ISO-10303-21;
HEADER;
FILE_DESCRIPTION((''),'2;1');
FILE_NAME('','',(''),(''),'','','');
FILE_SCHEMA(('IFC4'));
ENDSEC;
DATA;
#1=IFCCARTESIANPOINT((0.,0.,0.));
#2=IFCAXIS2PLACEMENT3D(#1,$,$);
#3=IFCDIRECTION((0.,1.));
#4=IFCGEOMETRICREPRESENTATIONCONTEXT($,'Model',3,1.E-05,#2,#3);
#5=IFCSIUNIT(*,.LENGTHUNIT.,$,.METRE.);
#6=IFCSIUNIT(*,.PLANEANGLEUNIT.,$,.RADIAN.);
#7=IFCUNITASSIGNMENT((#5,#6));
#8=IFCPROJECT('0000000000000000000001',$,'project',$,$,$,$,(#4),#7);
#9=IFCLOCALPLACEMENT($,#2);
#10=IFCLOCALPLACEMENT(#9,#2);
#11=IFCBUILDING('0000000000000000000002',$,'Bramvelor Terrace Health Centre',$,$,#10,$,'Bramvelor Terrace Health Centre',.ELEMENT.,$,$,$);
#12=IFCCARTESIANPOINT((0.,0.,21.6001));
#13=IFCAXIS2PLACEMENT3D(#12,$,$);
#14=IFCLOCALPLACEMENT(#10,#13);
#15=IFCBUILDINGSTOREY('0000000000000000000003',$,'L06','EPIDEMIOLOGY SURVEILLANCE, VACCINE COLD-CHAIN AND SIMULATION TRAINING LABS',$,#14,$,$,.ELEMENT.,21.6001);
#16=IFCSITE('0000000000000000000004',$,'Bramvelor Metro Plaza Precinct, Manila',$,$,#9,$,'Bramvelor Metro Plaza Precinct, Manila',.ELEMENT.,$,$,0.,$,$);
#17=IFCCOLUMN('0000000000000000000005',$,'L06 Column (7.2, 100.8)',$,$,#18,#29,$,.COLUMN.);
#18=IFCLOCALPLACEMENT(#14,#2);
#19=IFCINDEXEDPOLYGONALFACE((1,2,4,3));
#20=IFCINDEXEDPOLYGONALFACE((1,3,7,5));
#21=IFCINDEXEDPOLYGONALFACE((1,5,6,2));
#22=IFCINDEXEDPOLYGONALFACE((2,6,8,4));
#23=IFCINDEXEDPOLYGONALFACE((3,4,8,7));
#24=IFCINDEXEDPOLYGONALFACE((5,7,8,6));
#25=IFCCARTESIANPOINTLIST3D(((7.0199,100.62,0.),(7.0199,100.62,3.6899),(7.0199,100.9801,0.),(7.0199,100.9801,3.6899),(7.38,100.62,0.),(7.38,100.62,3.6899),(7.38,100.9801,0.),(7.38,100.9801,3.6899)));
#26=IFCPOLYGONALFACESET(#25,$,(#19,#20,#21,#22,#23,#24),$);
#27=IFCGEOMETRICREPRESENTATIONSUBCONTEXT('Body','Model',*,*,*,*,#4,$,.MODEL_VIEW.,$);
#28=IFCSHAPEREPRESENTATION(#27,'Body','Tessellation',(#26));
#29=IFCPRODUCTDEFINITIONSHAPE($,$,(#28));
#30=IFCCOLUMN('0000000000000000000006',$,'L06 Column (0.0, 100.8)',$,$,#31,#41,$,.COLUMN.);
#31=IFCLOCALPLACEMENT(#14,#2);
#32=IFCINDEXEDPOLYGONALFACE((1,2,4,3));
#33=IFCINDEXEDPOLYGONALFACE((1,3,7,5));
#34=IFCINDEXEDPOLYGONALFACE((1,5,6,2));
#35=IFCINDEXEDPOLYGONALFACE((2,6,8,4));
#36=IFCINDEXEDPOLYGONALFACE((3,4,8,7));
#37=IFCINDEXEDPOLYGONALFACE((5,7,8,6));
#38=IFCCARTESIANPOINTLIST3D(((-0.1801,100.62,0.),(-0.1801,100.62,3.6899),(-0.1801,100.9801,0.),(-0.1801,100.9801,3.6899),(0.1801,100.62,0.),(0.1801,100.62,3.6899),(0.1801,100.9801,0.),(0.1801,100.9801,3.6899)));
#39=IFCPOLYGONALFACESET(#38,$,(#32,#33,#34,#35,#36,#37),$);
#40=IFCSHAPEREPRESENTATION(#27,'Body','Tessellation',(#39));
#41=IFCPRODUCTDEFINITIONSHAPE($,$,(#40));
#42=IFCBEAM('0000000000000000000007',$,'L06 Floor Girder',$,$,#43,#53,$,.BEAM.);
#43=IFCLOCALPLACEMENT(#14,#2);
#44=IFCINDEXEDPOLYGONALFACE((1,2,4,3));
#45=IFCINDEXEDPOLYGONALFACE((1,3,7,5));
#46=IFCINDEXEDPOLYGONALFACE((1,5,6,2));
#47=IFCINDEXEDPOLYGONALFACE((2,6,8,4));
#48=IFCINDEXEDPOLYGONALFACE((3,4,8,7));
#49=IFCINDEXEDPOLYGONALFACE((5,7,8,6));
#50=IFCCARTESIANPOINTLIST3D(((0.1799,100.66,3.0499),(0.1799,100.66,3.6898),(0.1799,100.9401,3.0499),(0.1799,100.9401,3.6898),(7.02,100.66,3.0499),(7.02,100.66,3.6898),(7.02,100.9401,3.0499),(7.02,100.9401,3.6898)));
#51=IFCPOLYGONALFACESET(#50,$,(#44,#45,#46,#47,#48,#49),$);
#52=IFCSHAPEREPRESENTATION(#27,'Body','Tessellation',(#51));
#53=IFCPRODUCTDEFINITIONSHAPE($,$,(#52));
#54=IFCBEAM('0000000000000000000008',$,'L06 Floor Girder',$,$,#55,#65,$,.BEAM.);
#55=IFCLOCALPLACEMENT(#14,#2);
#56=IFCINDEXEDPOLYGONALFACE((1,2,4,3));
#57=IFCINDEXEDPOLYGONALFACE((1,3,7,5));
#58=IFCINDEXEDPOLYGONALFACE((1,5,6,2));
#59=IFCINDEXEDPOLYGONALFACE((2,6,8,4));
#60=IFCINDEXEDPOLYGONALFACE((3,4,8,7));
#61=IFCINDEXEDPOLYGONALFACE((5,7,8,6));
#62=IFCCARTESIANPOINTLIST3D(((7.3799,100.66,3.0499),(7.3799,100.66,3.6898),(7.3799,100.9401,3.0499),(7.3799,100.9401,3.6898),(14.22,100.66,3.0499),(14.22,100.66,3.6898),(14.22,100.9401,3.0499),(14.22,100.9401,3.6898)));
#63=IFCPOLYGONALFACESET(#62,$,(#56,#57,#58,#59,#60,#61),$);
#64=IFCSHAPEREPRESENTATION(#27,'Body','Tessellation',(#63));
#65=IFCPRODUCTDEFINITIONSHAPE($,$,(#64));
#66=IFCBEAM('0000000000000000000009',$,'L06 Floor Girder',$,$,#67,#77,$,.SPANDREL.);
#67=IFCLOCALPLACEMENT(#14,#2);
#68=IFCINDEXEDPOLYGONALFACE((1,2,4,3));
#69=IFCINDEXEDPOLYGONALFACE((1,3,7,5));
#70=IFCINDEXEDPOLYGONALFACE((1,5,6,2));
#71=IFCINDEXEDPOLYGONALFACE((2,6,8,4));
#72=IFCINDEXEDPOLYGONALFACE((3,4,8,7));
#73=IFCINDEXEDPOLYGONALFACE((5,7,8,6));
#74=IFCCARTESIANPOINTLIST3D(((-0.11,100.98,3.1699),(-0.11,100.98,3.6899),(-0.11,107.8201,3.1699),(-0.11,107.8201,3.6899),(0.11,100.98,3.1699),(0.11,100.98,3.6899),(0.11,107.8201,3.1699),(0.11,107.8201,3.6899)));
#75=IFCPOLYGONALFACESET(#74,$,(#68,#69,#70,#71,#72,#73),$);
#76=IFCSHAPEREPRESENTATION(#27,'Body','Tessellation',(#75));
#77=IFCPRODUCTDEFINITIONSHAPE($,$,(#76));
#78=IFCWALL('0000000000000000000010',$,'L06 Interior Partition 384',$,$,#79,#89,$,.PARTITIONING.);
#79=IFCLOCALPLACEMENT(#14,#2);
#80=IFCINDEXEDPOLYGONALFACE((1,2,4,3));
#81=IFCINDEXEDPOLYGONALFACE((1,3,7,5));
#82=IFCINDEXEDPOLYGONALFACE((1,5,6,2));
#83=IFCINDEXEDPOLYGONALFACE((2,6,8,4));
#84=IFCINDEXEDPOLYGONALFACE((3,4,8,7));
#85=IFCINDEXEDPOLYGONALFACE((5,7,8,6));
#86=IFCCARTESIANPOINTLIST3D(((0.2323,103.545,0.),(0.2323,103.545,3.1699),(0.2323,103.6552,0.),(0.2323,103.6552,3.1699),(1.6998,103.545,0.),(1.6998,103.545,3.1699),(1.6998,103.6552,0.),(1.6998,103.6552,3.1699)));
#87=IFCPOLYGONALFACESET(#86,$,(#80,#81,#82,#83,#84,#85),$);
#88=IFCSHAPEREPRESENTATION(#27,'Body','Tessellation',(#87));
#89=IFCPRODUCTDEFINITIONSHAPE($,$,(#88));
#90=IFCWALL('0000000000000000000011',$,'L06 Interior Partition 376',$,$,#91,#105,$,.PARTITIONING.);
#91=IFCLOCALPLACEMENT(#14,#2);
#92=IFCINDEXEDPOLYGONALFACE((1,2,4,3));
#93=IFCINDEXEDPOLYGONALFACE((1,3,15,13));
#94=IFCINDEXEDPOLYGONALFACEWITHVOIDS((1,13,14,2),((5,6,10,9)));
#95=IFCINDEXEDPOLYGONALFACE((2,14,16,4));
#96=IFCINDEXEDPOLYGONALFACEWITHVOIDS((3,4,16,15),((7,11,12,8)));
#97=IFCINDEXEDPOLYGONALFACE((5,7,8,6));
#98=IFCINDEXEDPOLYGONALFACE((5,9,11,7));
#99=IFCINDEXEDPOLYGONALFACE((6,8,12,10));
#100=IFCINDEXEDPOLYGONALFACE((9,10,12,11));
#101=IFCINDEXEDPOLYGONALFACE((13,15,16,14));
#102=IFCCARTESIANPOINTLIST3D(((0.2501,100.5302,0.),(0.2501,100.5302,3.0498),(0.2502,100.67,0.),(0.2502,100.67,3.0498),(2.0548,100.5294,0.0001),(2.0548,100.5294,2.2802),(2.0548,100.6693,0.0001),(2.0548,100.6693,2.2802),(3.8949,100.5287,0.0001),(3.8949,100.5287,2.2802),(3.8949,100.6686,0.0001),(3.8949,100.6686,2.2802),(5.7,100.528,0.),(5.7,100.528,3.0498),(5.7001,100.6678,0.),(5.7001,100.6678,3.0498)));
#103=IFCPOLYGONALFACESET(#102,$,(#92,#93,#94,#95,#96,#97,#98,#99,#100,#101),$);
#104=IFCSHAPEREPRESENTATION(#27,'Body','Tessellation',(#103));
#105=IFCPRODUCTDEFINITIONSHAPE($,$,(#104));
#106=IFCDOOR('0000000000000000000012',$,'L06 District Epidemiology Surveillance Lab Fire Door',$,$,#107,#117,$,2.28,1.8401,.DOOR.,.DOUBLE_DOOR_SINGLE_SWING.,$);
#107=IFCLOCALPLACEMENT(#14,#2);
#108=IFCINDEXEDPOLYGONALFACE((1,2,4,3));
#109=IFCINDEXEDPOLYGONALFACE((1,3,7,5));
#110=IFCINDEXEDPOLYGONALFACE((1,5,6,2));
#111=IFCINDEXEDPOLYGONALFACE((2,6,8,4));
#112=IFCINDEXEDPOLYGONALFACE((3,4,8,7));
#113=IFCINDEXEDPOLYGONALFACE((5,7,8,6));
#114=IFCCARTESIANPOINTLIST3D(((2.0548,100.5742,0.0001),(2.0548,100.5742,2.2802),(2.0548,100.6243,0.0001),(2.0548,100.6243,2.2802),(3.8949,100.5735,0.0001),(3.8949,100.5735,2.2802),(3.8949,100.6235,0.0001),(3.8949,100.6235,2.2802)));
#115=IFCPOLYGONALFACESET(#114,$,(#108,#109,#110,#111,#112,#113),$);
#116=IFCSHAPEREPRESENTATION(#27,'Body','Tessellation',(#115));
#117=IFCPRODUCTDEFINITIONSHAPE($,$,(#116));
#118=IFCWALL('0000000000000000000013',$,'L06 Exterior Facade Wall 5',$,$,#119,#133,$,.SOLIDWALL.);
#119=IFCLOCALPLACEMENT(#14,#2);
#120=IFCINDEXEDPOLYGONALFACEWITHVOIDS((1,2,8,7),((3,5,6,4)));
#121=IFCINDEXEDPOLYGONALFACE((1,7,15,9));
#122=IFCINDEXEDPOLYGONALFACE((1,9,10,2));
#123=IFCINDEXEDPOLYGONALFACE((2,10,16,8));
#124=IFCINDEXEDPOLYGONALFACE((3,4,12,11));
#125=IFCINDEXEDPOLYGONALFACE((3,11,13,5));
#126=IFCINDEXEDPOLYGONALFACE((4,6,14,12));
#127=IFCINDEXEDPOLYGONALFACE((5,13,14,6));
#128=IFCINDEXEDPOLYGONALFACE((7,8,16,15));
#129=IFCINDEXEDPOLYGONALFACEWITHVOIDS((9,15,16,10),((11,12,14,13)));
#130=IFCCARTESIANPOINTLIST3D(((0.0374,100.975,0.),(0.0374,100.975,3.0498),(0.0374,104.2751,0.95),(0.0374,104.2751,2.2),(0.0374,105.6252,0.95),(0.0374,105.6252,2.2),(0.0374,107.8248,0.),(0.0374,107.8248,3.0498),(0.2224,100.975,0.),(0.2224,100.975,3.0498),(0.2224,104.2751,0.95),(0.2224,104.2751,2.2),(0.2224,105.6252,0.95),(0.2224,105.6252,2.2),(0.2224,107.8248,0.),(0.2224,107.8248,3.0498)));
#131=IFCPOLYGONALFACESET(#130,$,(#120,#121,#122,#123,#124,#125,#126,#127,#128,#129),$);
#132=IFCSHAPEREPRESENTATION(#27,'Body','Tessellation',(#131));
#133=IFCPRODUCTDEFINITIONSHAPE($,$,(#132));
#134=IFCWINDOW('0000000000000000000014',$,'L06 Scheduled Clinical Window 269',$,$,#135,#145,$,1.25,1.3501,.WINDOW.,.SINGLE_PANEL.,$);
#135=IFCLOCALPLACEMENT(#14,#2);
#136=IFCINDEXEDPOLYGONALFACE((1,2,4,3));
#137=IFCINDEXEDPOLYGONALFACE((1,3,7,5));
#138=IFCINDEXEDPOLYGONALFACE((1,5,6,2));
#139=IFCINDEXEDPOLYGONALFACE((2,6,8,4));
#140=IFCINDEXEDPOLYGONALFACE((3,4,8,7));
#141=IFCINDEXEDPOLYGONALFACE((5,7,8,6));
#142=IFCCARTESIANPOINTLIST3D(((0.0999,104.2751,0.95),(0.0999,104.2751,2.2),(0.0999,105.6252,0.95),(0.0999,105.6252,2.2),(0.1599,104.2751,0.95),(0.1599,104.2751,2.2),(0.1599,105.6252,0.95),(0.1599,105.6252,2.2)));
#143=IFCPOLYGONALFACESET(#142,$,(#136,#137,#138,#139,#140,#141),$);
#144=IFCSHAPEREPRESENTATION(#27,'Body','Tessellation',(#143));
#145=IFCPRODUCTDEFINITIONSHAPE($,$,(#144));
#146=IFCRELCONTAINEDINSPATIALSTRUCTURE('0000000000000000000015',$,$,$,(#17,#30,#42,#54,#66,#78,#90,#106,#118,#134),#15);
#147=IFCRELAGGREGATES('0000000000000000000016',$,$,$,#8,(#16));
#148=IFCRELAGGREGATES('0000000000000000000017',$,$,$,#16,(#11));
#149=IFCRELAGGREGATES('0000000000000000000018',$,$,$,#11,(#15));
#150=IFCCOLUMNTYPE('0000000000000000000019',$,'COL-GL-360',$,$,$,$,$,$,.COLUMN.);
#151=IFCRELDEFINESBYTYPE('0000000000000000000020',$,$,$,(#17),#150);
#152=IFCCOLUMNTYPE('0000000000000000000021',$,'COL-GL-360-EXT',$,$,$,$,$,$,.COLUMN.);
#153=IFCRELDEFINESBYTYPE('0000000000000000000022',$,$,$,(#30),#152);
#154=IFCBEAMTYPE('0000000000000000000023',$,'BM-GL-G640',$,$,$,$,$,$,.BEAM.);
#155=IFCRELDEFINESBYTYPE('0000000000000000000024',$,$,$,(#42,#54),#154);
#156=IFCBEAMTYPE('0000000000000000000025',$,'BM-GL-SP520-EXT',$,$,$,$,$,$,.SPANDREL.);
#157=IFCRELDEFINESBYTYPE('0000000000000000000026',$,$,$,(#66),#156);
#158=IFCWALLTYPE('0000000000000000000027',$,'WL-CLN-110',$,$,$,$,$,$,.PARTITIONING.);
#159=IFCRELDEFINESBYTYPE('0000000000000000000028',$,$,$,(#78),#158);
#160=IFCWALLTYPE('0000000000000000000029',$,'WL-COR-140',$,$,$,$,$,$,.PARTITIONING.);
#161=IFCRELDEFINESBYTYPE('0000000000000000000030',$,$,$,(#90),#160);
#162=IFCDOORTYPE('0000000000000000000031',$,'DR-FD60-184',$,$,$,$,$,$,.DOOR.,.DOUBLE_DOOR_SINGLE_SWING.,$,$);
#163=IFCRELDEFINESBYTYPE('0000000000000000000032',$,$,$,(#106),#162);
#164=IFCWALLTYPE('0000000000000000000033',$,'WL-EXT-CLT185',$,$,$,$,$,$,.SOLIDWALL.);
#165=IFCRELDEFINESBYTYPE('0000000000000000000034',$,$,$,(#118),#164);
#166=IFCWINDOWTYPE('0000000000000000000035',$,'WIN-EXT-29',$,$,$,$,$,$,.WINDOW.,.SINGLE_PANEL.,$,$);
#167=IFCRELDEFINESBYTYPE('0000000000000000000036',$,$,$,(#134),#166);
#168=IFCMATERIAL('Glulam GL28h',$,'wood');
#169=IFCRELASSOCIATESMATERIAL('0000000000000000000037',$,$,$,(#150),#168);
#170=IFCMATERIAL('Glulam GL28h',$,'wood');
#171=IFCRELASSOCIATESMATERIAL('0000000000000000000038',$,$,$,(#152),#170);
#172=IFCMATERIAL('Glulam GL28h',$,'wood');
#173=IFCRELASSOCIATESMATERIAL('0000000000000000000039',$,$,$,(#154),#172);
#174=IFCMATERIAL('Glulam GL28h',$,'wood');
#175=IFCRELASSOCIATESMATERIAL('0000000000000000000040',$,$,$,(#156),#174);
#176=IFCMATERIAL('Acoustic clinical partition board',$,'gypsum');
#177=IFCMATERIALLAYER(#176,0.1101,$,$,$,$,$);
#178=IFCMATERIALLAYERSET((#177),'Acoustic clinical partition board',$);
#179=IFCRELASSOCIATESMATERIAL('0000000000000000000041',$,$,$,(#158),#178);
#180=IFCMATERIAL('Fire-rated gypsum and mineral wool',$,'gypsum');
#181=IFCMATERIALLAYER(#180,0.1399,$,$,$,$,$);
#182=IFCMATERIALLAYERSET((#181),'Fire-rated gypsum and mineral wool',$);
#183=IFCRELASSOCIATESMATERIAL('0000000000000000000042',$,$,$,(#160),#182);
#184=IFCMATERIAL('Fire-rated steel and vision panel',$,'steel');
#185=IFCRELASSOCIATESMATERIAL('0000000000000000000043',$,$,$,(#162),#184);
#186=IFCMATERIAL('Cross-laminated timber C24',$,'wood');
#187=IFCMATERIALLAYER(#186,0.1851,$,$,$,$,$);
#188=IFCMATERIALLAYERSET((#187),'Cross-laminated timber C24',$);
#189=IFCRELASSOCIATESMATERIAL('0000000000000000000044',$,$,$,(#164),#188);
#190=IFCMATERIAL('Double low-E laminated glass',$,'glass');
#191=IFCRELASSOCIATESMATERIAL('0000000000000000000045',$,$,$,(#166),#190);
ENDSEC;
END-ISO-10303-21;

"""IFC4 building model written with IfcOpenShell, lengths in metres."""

from ifc_helpers import new_model, si_unit, direction, frame, frame_2d, origin, origin_2d, place, context, subcontext, project, spatial, rectangle, extrude, material, layer, layer_set, material_profile, profile_set, type_object, element, fill, save


model = new_model("IFC4")

# Units and contexts
model_context = context("Model", 3, precision=1e-05, world=origin(), true_north=direction((0.0, 1.0)))
body_context = subcontext(model_context, "Body", "Model", "MODEL_VIEW")
ifc_project = project(units=[si_unit("LENGTHUNIT", "METRE"), si_unit("PLANEANGLEUNIT", "RADIAN")], contexts=[model_context])

# Site, building, storey
site_placement = place(None, origin())
site = spatial("IfcSite", under=ifc_project, at=site_placement, Name="Bramvelor Metro Plaza Precinct, Manila", LongName="Bramvelor Metro Plaza Precinct, Manila", CompositionType="ELEMENT", RefElevation=0.0)
building_placement = place(site_placement, origin())
building = spatial("IfcBuilding", under=site, at=building_placement, Name="Bramvelor Terrace Health Centre", LongName="Bramvelor Terrace Health Centre", CompositionType="ELEMENT")
storey_placement = place(building_placement, frame((0.0, 0.0, 21.6001)))
storey = spatial("IfcBuildingStorey", under=building, at=storey_placement, Name="L06", Description="EPIDEMIOLOGY SURVEILLANCE, VACCINE COLD-CHAIN AND SIMULATION TRAINING LABS", CompositionType="ELEMENT", Elevation=21.6001)

# Columns
ifc_material_1 = material(Name="Glulam GL28h", Category="wood")
ifc_material_profile_1 = material_profile(ifc_material_1, rectangle(XDim=0.3601, YDim=0.3601, at=origin_2d()), Name="GL 360x360")
ifc_profile_set_1 = profile_set([ifc_material_profile_1], Name="Glulam GL28h")
column_type_1 = type_object("IfcColumnType", Name="COL-GL-360", PredefinedType="COLUMN", material=ifc_profile_set_1)
column_1_placement = place(storey_placement, frame((7.2, 100.8, 0.0), z_axis=(0.0, 0.0, 1.0), x_axis=(1.0, 0.0, 0.0)))
element("IfcColumn", 1, at=column_1_placement, inside=storey, type_object=column_type_1, Name="L06 Column (7.2, 100.8)", PredefinedType="COLUMN", context=body_context, shape_type="SweptSolid", body=[
    extrude(rectangle(XDim=0.3601, YDim=0.3601, at=origin_2d()), origin(), (0.0, 0.0, 1.0), 3.6899),
])
ifc_material_2 = material(Name="Glulam GL28h", Category="wood")
ifc_material_profile_2 = material_profile(ifc_material_2, rectangle(XDim=0.3601, YDim=0.3601, at=origin_2d()), Name="GL 360x360")
ifc_profile_set_2 = profile_set([ifc_material_profile_2], Name="Glulam GL28h")
column_type_2 = type_object("IfcColumnType", Name="COL-GL-360-EXT", PredefinedType="COLUMN", material=ifc_profile_set_2)
column_2_placement = place(storey_placement, frame((0.0, 100.8, 0.0), z_axis=(0.0, 0.0, 1.0), x_axis=(1.0, 0.0, 0.0)))
element("IfcColumn", 2, at=column_2_placement, inside=storey, type_object=column_type_2, Name="L06 Column (0.0, 100.8)", PredefinedType="COLUMN", context=body_context, shape_type="SweptSolid", body=[
    extrude(rectangle(XDim=0.3601, YDim=0.3601, at=origin_2d()), origin(), (0.0, 0.0, 1.0), 3.6899),
])

# Beams
ifc_material_3 = material(Name="Glulam GL28h", Category="wood")
ifc_material_profile_3 = material_profile(ifc_material_3, rectangle(XDim=0.28, YDim=0.6399, at=origin_2d()), Name="GL 280x640")
ifc_profile_set_3 = profile_set([ifc_material_profile_3], Name="Glulam GL28h")
beam_type_1 = type_object("IfcBeamType", Name="BM-GL-G640", PredefinedType="BEAM", material=ifc_profile_set_3)
for number, where, z_axis, x_axis, name in (
    (3, (0.1799, 100.8, 3.3699), (1.0, 0.0, 0.0), (0.0, 1.0, 0.0), "L06 Floor Girder"),
    (4, (7.3799, 100.8, 3.3699), (1.0, 0.0, 0.0), (0.0, 1.0, 0.0), "L06 Floor Girder"),
):
    element("IfcBeam", number, at=place(storey_placement, frame(where, z_axis=z_axis, x_axis=x_axis)), inside=storey, type_object=beam_type_1, Name=name, PredefinedType="BEAM", context=body_context, shape_type="SweptSolid", body=[
        extrude(rectangle(XDim=0.28, YDim=0.6399, at=origin_2d()), origin(), (0.0, 0.0, 1.0), 6.8401),
    ])
ifc_material_4 = material(Name="Glulam GL28h", Category="wood")
ifc_material_profile_4 = material_profile(ifc_material_4, rectangle(XDim=0.22, YDim=0.52, at=origin_2d()), Name="GL 220x520")
ifc_profile_set_4 = profile_set([ifc_material_profile_4], Name="Glulam GL28h")
beam_type_2 = type_object("IfcBeamType", Name="BM-GL-SP520-EXT", PredefinedType="SPANDREL", material=ifc_profile_set_4)
beam_placement = place(storey_placement, frame((0.0, 100.98, 3.4299), z_axis=(0.0, 1.0, 0.0), x_axis=(-1.0, 0.0, 0.0)))
element("IfcBeam", 5, at=beam_placement, inside=storey, type_object=beam_type_2, Name="L06 Floor Girder", PredefinedType="SPANDREL", context=body_context, shape_type="SweptSolid", body=[
    extrude(rectangle(XDim=0.22, YDim=0.52, at=origin_2d()), origin(), (0.0, 0.0, 1.0), 6.8401),
])

# Wall
ifc_material_5 = material(Name="Acoustic clinical partition board", Category="gypsum")
ifc_layer_1 = layer(ifc_material_5, 0.1101)
ifc_layer_set_1 = layer_set([ifc_layer_1], Name="Acoustic clinical partition board")
wall_type_1 = type_object("IfcWallType", Name="WL-CLN-110", PredefinedType="PARTITIONING", material=ifc_layer_set_1)
wall_1_placement = place(storey_placement, frame((1.7, 103.6001, 0.0), z_axis=(0.0, 0.0, 1.0), x_axis=(-1.0, 0.0, 0.0)))
element("IfcWall", 6, at=wall_1_placement, inside=storey, type_object=wall_type_1, Name="L06 Interior Partition 384", PredefinedType="PARTITIONING", context=body_context, shape_type="SweptSolid", body=[
    extrude(rectangle(XDim=1.4675, YDim=0.1101, at=frame_2d((0.7339, 0.0))), origin(), (0.0, 0.0, 1.0), 3.1699),
])

# Wall, opening, door
ifc_material_6 = material(Name="Fire-rated gypsum and mineral wool", Category="gypsum")
ifc_layer_2 = layer(ifc_material_6, 0.1399)
ifc_layer_set_2 = layer_set([ifc_layer_2], Name="Fire-rated gypsum and mineral wool")
wall_type_2 = type_object("IfcWallType", Name="WL-COR-140", PredefinedType="PARTITIONING", material=ifc_layer_set_2)
wall_2_placement = place(storey_placement, frame((0.25, 100.6001, 0.0), z_axis=(0.0, 0.0, 1.0), x_axis=(1.0, -0.000403, 0.0)))
wall_2 = element("IfcWall", 7, at=wall_2_placement, inside=storey, type_object=wall_type_2, Name="L06 Interior Partition 376", PredefinedType="PARTITIONING", context=body_context, shape_type="SweptSolid", body=[
    extrude(rectangle(XDim=5.45, YDim=0.1399, at=frame_2d((2.7251, 0.0))), origin(), (0.0, 0.0, 1.0), 3.0498),
])
opening_1_placement = place(wall_2_placement, frame((1.8049, 0.0, 0.0)))
opening_1 = element("IfcOpeningElement", 8, at=opening_1_placement, cuts=wall_2, PredefinedType="OPENING", context=body_context, shape_type="SweptSolid", body=[
    extrude(rectangle(XDim=1.8401, YDim=2.28, at=frame_2d((0.9199, 1.1401))), frame((0.0, 0.0798, 0.0), z_axis=(0.0, -1.0, 0.0), x_axis=(1.0, 0.0, 0.0)), (0.0, 0.0, 1.0), 0.1599),
])
ifc_material_7 = material(Name="Fire-rated steel and vision panel", Category="steel")
door_type_1 = type_object("IfcDoorType", Name="DR-FD60-184", OperationType="DOUBLE_DOOR_SINGLE_SWING", PredefinedType="DOOR", material=ifc_material_7)
door_1_placement = place(opening_1_placement, origin())
door_1 = element("IfcDoor", 9, at=door_1_placement, inside=storey, type_object=door_type_1, Name="L06 District Epidemiology Surveillance Lab Fire Door", OperationType="DOUBLE_DOOR_SINGLE_SWING", OverallHeight=2.28, OverallWidth=1.8401, PredefinedType="DOOR", context=body_context, shape_type="SweptSolid", body=[
    extrude(rectangle(XDim=1.8401, YDim=2.28, at=frame_2d((0.9199, 1.1401))), frame((0.0, 0.0249, 0.0), z_axis=(0.0, -1.0, 0.0), x_axis=(1.0, 0.0, 0.0)), (0.0, 0.0, 1.0), 0.05),
])
fill(opening_1, door_1)

# Wall, opening, window
ifc_material_8 = material(Name="Cross-laminated timber C24", Category="wood")
ifc_layer_3 = layer(ifc_material_8, 0.1851)
ifc_layer_set_3 = layer_set([ifc_layer_3], Name="Cross-laminated timber C24")
wall_type_3 = type_object("IfcWallType", Name="WL-EXT-CLT185", PredefinedType="SOLIDWALL", material=ifc_layer_set_3)
wall_3_placement = place(storey_placement, frame((0.1299, 100.9751, 0.0), z_axis=(0.0, 0.0, 1.0), x_axis=(0.0, 1.0, 0.0)))
wall_3 = element("IfcWall", 10, at=wall_3_placement, inside=storey, type_object=wall_type_3, Name="L06 Exterior Facade Wall 5", PredefinedType="SOLIDWALL", context=body_context, shape_type="SweptSolid", body=[
    extrude(rectangle(XDim=6.8499, YDim=0.1851, at=frame_2d((3.4248, 0.0))), origin(), (0.0, 0.0, 1.0), 3.0498),
])
opening_2_placement = place(wall_3_placement, frame((3.3, 0.0, 0.95)))
opening_2 = element("IfcOpeningElement", 11, at=opening_2_placement, cuts=wall_3, PredefinedType="OPENING", context=body_context, shape_type="SweptSolid", body=[
    extrude(rectangle(XDim=1.3501, YDim=1.25, at=frame_2d((0.675, 0.625))), frame((0.0, 0.1025, 0.0), z_axis=(0.0, -1.0, 0.0), x_axis=(1.0, 0.0, 0.0)), (0.0, 0.0, 1.0), 0.2051),
])
ifc_material_9 = material(Name="Double low-E laminated glass", Category="glass")
window_type_1 = type_object("IfcWindowType", Name="WIN-EXT-29", PartitioningType="SINGLE_PANEL", PredefinedType="WINDOW", material=ifc_material_9)
window_1_placement = place(opening_2_placement, origin())
window_1 = element("IfcWindow", 12, at=window_1_placement, inside=storey, type_object=window_type_1, Name="L06 Scheduled Clinical Window 269", OverallHeight=1.25, OverallWidth=1.3501, PartitioningType="SINGLE_PANEL", PredefinedType="WINDOW", context=body_context, shape_type="SweptSolid", body=[
    extrude(rectangle(XDim=1.3501, YDim=1.25, at=frame_2d((0.675, 0.625))), frame((0.0, 0.03, 0.0), z_axis=(0.0, -1.0, 0.0), x_axis=(1.0, 0.0, 0.0)), (0.0, 0.0, 1.0), 0.0601),
])
fill(opening_2, window_1)

save(model, "model.ifc")
